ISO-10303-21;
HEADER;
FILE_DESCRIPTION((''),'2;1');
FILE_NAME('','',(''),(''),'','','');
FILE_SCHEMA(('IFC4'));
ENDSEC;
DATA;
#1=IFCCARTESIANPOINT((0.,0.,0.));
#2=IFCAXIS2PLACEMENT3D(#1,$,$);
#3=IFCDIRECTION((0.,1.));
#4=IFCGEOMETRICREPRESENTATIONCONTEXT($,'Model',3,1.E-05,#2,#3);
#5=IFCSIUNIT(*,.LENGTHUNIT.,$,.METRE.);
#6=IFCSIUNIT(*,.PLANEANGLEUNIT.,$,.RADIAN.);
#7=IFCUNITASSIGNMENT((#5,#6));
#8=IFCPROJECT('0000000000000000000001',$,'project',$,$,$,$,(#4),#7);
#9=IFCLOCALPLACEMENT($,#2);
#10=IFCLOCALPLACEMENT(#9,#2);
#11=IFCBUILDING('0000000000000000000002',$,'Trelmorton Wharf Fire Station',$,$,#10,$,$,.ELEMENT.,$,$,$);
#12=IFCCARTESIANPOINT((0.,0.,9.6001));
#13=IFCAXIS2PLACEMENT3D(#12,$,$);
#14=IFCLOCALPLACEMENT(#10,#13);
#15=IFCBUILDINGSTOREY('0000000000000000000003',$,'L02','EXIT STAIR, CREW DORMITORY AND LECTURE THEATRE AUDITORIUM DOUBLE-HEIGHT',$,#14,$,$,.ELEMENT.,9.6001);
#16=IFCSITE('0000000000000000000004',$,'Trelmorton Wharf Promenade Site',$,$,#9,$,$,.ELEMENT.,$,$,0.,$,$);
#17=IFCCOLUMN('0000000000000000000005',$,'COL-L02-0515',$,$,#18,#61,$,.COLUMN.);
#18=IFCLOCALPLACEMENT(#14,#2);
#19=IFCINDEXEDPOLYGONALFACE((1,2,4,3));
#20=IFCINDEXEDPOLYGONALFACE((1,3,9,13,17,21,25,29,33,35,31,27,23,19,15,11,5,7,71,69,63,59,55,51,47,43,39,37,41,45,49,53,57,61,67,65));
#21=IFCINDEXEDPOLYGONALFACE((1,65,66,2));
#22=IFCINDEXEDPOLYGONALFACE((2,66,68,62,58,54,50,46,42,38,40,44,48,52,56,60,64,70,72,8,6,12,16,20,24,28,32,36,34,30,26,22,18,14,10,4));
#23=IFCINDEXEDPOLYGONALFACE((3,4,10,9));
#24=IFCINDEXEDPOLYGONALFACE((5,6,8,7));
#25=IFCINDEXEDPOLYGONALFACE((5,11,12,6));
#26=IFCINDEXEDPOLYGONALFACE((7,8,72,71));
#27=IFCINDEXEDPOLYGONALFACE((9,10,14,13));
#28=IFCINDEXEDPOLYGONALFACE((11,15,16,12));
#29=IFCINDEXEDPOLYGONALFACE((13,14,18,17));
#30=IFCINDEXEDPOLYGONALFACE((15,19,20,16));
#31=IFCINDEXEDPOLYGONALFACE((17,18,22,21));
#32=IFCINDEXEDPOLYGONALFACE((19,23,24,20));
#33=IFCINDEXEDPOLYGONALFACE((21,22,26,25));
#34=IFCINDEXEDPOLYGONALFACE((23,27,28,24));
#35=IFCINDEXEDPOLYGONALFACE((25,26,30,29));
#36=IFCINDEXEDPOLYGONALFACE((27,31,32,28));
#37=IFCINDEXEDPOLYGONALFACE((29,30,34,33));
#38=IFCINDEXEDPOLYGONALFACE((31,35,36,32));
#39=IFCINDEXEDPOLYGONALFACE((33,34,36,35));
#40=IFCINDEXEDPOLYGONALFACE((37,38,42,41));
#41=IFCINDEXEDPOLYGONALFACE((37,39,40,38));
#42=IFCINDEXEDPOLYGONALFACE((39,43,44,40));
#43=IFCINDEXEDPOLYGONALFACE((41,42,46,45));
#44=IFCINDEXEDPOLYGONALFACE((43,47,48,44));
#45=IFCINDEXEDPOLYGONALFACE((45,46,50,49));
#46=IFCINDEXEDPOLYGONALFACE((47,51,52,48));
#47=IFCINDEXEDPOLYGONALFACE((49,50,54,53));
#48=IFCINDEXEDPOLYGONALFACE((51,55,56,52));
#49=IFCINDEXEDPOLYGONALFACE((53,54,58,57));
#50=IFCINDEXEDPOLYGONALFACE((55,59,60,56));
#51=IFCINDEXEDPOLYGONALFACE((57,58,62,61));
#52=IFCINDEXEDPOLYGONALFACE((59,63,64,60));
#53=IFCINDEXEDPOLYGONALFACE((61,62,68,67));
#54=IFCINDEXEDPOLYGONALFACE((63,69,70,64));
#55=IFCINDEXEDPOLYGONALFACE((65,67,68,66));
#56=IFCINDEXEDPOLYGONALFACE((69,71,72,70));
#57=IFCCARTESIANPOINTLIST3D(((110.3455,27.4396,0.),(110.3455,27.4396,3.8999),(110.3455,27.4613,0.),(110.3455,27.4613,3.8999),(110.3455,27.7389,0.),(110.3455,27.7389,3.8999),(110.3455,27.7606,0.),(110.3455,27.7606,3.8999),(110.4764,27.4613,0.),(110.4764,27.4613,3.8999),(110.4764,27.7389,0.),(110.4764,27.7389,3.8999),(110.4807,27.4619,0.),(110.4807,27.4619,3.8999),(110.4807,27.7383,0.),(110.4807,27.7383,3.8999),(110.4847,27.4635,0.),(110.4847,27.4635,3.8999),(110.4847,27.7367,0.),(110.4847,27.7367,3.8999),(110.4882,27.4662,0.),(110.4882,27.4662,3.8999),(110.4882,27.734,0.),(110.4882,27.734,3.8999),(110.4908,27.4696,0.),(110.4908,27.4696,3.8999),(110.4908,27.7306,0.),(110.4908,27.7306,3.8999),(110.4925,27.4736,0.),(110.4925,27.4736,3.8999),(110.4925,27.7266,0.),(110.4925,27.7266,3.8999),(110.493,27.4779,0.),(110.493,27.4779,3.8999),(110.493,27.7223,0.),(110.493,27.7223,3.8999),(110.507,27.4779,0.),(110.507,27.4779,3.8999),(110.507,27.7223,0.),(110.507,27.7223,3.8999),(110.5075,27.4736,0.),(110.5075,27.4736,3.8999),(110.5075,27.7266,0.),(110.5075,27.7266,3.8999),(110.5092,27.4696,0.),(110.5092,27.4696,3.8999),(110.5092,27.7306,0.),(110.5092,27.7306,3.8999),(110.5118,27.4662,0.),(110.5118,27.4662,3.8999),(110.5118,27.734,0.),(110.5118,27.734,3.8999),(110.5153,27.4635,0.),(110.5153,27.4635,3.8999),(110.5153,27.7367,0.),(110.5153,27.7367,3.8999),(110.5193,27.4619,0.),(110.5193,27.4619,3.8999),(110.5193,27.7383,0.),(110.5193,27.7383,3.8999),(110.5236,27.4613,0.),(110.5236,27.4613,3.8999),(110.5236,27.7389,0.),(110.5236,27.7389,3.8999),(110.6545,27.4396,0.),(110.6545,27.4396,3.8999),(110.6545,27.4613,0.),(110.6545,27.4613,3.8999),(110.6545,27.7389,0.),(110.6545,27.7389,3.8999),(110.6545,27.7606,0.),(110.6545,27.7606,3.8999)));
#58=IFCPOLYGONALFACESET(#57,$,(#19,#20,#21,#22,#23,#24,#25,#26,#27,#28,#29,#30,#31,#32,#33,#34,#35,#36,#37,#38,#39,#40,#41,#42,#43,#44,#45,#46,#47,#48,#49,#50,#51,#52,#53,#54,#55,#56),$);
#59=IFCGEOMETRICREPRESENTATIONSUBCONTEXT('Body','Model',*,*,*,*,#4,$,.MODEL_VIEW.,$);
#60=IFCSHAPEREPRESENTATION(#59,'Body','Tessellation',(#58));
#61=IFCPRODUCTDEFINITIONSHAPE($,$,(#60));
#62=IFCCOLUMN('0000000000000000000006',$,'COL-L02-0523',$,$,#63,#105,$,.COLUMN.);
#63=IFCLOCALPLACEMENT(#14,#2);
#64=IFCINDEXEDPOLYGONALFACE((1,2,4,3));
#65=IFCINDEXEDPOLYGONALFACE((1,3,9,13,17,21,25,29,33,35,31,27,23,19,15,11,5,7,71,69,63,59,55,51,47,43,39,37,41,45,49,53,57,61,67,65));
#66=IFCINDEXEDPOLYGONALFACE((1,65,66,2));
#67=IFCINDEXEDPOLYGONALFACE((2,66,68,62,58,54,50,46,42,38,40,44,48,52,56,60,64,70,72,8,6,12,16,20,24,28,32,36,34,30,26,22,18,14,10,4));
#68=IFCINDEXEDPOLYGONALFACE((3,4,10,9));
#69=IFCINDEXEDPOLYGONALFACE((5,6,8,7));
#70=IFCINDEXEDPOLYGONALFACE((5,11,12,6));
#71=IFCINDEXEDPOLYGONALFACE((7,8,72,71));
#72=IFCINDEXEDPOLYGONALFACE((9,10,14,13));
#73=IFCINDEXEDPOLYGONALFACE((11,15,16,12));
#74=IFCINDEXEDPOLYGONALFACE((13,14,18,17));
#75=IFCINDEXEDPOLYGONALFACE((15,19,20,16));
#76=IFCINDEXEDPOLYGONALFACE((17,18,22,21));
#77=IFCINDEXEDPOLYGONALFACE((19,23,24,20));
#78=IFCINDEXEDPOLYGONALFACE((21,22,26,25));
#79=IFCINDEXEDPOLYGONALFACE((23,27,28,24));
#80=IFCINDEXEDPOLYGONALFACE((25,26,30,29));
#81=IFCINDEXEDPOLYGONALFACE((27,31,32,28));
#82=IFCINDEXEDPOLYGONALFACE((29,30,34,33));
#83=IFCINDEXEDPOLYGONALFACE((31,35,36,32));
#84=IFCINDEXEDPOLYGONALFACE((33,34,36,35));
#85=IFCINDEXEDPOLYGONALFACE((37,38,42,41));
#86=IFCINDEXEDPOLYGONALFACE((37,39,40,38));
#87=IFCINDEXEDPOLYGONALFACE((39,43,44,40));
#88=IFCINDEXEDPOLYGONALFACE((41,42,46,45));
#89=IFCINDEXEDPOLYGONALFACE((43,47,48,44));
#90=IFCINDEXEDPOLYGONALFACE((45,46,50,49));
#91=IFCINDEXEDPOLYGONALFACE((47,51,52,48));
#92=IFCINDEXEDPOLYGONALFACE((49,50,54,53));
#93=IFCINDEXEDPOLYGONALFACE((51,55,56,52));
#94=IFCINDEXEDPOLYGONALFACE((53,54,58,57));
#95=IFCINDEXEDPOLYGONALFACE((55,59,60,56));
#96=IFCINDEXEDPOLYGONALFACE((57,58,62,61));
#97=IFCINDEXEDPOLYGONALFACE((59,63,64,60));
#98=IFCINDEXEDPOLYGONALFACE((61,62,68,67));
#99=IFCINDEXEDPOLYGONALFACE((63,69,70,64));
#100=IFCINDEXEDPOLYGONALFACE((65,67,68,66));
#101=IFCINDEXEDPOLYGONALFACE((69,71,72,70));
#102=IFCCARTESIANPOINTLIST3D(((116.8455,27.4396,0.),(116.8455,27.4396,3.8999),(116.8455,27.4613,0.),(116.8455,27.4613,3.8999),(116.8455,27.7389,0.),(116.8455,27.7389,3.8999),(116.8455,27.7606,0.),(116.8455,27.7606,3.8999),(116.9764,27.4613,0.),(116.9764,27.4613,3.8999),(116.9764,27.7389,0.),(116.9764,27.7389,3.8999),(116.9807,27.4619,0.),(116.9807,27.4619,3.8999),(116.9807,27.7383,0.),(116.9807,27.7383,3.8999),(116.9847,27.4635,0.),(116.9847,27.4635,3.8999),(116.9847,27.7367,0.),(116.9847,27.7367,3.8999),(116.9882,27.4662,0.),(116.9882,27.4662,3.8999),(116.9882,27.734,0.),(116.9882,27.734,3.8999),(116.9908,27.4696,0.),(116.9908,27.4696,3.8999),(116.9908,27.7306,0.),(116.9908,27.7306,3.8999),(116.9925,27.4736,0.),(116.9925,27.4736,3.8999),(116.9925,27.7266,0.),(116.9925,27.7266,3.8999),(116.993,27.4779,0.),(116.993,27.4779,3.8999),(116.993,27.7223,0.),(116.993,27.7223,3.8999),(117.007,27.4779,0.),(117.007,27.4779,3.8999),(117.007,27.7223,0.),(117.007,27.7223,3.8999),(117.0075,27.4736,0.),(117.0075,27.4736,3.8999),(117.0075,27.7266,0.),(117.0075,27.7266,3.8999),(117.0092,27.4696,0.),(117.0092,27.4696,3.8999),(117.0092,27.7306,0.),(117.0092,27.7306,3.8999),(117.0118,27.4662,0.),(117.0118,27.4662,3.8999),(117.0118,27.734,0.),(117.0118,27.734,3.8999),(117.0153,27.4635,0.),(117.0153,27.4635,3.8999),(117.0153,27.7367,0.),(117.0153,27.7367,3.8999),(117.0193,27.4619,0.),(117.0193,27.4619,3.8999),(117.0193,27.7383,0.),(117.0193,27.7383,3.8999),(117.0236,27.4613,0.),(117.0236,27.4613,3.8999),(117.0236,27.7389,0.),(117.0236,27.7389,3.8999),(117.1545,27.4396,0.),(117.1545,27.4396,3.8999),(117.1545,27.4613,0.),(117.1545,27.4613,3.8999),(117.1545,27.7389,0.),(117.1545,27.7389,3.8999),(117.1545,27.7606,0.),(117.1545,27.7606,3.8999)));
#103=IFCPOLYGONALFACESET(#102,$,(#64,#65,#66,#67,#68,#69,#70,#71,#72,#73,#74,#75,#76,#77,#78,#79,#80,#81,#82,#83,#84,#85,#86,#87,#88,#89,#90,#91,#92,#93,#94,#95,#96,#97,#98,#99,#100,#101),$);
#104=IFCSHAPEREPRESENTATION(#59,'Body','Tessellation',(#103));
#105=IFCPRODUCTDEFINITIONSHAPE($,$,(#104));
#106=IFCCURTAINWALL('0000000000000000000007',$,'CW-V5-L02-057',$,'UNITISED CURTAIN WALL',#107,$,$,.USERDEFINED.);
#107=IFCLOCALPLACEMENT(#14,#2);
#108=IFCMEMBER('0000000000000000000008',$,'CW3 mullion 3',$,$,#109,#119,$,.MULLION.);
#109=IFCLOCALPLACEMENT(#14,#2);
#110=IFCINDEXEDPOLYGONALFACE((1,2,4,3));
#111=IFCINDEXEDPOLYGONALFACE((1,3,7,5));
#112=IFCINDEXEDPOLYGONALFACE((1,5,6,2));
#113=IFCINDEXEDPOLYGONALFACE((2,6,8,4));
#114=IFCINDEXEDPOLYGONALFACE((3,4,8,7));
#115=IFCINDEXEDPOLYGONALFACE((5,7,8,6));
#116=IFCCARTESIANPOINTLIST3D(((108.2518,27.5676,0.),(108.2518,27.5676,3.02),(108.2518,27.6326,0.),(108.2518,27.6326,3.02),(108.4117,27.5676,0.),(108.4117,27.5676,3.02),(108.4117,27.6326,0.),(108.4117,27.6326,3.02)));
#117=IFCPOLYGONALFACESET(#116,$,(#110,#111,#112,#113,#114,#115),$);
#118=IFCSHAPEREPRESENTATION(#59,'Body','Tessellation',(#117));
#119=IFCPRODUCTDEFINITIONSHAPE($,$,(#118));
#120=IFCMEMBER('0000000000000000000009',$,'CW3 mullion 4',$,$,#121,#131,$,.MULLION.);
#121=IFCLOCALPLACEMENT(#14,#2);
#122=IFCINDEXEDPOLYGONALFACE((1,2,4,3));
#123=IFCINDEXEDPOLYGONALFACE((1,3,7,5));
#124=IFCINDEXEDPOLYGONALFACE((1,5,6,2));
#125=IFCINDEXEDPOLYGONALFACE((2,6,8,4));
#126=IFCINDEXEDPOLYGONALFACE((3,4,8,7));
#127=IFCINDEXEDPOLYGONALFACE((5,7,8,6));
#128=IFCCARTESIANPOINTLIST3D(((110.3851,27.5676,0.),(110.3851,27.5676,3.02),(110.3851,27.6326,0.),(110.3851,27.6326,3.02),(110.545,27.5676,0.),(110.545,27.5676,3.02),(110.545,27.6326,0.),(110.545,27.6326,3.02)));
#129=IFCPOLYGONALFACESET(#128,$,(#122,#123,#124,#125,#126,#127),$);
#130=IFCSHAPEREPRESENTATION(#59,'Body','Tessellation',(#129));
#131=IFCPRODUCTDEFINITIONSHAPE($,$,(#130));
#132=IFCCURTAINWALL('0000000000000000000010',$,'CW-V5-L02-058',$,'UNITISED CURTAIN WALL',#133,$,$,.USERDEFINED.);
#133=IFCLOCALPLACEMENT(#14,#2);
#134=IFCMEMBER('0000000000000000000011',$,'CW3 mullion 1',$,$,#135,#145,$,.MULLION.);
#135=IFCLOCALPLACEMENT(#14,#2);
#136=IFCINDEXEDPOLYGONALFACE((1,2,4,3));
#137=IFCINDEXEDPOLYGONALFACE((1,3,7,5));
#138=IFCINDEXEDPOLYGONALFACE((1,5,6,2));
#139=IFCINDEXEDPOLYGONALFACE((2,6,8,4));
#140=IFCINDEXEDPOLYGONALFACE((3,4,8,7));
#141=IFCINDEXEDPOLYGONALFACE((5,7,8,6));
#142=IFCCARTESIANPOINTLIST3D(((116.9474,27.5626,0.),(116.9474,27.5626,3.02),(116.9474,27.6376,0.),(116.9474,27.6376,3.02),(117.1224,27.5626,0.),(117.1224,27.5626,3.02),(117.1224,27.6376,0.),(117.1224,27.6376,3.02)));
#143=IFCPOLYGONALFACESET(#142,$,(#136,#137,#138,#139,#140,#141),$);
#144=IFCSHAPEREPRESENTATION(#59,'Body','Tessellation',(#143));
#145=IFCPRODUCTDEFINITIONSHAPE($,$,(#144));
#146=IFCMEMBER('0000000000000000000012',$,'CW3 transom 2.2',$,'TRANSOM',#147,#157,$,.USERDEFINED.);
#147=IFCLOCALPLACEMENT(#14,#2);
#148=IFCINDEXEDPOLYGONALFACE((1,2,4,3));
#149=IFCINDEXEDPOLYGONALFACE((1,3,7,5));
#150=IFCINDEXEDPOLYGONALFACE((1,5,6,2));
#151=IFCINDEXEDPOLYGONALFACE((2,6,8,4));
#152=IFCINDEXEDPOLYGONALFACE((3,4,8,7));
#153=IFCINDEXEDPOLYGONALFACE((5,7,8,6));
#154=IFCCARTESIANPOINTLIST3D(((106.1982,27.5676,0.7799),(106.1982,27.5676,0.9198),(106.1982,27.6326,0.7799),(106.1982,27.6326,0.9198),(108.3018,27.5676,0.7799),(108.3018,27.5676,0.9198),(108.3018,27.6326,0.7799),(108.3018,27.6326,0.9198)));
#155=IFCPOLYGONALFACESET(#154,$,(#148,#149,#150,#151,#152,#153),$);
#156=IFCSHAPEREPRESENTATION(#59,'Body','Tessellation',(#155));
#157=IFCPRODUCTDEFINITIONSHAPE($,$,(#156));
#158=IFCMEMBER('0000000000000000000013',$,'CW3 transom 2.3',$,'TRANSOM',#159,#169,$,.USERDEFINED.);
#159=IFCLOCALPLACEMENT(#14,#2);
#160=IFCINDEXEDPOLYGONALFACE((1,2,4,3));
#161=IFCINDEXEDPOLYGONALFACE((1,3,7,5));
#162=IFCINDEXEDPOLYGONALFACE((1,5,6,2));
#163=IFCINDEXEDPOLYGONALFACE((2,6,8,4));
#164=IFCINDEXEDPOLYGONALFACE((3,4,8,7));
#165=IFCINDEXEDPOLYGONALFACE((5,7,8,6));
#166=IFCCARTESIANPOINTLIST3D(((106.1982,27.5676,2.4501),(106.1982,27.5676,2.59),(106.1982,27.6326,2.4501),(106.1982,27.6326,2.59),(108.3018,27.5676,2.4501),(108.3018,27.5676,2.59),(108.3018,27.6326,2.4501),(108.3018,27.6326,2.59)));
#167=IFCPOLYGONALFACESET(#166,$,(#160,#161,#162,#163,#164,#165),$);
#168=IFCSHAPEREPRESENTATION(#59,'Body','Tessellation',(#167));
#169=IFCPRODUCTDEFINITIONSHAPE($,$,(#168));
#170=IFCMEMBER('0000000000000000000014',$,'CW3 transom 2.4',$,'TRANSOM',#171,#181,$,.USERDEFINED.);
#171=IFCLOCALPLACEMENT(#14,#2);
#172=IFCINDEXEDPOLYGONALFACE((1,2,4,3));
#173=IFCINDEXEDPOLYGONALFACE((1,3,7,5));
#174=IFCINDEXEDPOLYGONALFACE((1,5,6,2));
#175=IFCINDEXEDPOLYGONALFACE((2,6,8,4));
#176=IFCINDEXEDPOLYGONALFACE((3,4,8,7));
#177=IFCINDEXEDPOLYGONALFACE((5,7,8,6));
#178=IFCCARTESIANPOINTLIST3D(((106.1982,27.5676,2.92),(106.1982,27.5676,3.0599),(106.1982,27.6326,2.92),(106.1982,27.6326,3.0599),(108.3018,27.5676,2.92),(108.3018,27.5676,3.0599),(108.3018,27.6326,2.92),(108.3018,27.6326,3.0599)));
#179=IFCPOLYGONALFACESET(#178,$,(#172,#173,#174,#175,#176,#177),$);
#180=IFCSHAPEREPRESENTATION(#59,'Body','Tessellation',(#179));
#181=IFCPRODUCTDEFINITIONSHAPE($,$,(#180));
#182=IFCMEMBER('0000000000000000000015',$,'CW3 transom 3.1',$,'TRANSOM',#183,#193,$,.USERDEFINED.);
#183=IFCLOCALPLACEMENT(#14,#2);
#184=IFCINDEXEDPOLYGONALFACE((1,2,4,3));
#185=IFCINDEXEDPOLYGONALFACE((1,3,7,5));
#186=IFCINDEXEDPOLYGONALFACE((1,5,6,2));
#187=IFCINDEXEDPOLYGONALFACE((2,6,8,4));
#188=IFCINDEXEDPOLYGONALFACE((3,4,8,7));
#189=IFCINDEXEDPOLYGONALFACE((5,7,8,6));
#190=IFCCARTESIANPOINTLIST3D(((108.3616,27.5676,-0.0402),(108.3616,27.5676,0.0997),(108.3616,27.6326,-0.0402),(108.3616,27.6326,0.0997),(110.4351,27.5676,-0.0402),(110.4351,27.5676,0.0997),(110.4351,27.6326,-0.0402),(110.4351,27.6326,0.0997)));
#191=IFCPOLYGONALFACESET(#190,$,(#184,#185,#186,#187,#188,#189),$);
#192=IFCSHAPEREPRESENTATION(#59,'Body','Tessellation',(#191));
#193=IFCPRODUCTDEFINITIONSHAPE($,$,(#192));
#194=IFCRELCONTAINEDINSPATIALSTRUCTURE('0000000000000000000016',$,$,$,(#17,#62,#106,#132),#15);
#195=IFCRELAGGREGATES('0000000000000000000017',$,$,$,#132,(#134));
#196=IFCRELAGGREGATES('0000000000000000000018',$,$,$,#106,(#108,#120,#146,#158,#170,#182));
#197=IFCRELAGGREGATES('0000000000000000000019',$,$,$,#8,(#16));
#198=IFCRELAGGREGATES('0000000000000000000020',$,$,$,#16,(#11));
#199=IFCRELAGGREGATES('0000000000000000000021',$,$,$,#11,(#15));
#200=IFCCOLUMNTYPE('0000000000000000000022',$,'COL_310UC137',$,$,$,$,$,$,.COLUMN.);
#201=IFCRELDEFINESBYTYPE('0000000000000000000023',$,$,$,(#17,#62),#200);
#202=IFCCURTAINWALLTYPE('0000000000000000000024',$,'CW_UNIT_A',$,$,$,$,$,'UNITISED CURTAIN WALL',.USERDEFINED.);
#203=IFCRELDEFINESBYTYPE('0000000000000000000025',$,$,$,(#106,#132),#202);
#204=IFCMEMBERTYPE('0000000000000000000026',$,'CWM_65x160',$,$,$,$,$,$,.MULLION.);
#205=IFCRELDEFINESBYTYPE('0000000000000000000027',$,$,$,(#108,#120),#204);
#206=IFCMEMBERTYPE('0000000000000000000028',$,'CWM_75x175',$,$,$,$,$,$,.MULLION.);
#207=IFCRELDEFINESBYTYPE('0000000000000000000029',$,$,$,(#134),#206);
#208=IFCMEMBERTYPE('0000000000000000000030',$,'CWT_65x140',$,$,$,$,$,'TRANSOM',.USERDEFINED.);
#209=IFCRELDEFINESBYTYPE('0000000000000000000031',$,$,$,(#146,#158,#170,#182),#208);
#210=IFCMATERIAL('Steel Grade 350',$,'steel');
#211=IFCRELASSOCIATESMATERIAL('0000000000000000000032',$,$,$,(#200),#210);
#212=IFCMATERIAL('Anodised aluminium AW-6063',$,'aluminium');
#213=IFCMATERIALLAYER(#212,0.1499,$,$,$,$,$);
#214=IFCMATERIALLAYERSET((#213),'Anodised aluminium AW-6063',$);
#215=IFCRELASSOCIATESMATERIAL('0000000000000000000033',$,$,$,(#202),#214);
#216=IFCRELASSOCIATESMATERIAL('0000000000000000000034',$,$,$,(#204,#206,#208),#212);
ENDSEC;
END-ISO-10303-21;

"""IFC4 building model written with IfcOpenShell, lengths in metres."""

from ifc_helpers import new_model, si_unit, direction, frame, origin, origin_2d, place, context, subcontext, project, spatial, rectangle, i_section, extrude, material, layer, layer_set, material_profile, profile_set, type_object, element, aggregate, save


model = new_model("IFC4")

# Units and contexts
model_context = context("Model", 3, precision=1e-05, world=origin(), true_north=direction((0.0, 1.0)))
body_context = subcontext(model_context, "Body", "Model", "MODEL_VIEW")
ifc_project = project(units=[si_unit("LENGTHUNIT", "METRE"), si_unit("PLANEANGLEUNIT", "RADIAN")], contexts=[model_context])

# Site, building, storey
site_placement = place(None, origin())
site = spatial("IfcSite", under=ifc_project, at=site_placement, Name="Trelmorton Wharf Promenade Site", CompositionType="ELEMENT", RefElevation=0.0)
building_placement = place(site_placement, origin())
building = spatial("IfcBuilding", under=site, at=building_placement, Name="Trelmorton Wharf Fire Station", CompositionType="ELEMENT")
storey_placement = place(building_placement, frame((0.0, 0.0, 9.6001)))
storey = spatial("IfcBuildingStorey", under=building, at=storey_placement, Name="L02", Description="EXIT STAIR, CREW DORMITORY AND LECTURE THEATRE AUDITORIUM DOUBLE-HEIGHT", CompositionType="ELEMENT", Elevation=9.6001)

# Columns
ifc_material_1 = material(Name="Steel Grade 350", Category="steel")
ifc_material_profile_1 = material_profile(ifc_material_1, i_section(OverallWidth=0.3091, OverallDepth=0.321, WebThickness=0.0139, FlangeThickness=0.0217, FilletRadius=0.0166, at=origin_2d()), Name="310UC137")
ifc_profile_set_1 = profile_set([ifc_material_profile_1], Name="Steel Grade 350")
column_type = type_object("IfcColumnType", Name="COL_310UC137", PredefinedType="COLUMN", material=ifc_profile_set_1)
for number, where, z_axis, x_axis, name in (
    (1, (110.5, 27.6001, 0.0), (0.0, 0.0, 1.0), (1.0, 0.0, 0.0), "COL-L02-0515"),
    (2, (117.0, 27.6001, 0.0), (0.0, 0.0, 1.0), (1.0, 0.0, 0.0), "COL-L02-0523"),
):
    element("IfcColumn", number, at=place(storey_placement, frame(where, z_axis=z_axis, x_axis=x_axis)), inside=storey, type_object=column_type, Name=name, PredefinedType="COLUMN", context=body_context, shape_type="SweptSolid", body=[
        extrude(i_section(OverallWidth=0.3091, OverallDepth=0.321, WebThickness=0.0139, FlangeThickness=0.0217, FilletRadius=0.0166, at=origin_2d()), origin(), (0.0, 0.0, 1.0), 3.8999),
    ])

# Curtain wall, members
ifc_material_2 = material(Name="Anodised aluminium AW-6063", Category="aluminium")
ifc_layer_1 = layer(ifc_material_2, 0.1499)
ifc_layer_set_1 = layer_set([ifc_layer_1], Name="Anodised aluminium AW-6063")
curtain_wall_type = type_object("IfcCurtainWallType", Name="CW_UNIT_A", ElementType="UNITISED CURTAIN WALL", PredefinedType="USERDEFINED", material=ifc_layer_set_1)
curtain_wall_1_placement = place(storey_placement, origin())
curtain_wall_1 = element("IfcCurtainWall", 3, at=curtain_wall_1_placement, inside=storey, type_object=curtain_wall_type, Name="CW-V5-L02-057", ObjectType="UNITISED CURTAIN WALL", PredefinedType="USERDEFINED")
ifc_material_profile_2 = material_profile(ifc_material_2, rectangle(XDim=0.0649, YDim=0.1599, at=origin_2d()), Name="ALU-65x160")
ifc_profile_set_2 = profile_set([ifc_material_profile_2], Name="Anodised aluminium AW-6063")
member_type_1 = type_object("IfcMemberType", Name="CWM_65x160", PredefinedType="MULLION", material=ifc_profile_set_2)
member_1_placement = place(storey_placement, frame((108.3318, 27.6001, 0.0), z_axis=(0.0, 0.0, 1.0), x_axis=(0.0, 1.0, 0.0)))
member_1 = element("IfcMember", 4, at=member_1_placement, type_object=member_type_1, Name="CW3 mullion 3", PredefinedType="MULLION", context=body_context, shape_type="SweptSolid", body=[
    extrude(rectangle(XDim=0.0649, YDim=0.1599, at=origin_2d()), origin(), (0.0, 0.0, 1.0), 3.02),
])
member_2_placement = place(storey_placement, frame((110.4651, 27.6001, 0.0), z_axis=(0.0, 0.0, 1.0), x_axis=(0.0, 1.0, 0.0)))
member_2 = element("IfcMember", 5, at=member_2_placement, type_object=member_type_1, Name="CW3 mullion 4", PredefinedType="MULLION", context=body_context, shape_type="SweptSolid", body=[
    extrude(rectangle(XDim=0.0649, YDim=0.1599, at=origin_2d()), origin(), (0.0, 0.0, 1.0), 3.02),
])

# Curtain wall, member
curtain_wall_2_placement = place(storey_placement, origin())
curtain_wall_2 = element("IfcCurtainWall", 6, at=curtain_wall_2_placement, inside=storey, type_object=curtain_wall_type, Name="CW-V5-L02-058", ObjectType="UNITISED CURTAIN WALL", PredefinedType="USERDEFINED")
ifc_material_profile_3 = material_profile(ifc_material_2, rectangle(XDim=0.075, YDim=0.175, at=origin_2d()), Name="ALU-75x175")
ifc_profile_set_3 = profile_set([ifc_material_profile_3], Name="Anodised aluminium AW-6063")
member_type_2 = type_object("IfcMemberType", Name="CWM_75x175", PredefinedType="MULLION", material=ifc_profile_set_3)
member_3_placement = place(storey_placement, frame((117.0349, 27.6001, 0.0), z_axis=(0.0, 0.0, 1.0), x_axis=(0.0, 1.0, 0.0)))
member_3 = element("IfcMember", 7, at=member_3_placement, type_object=member_type_2, Name="CW3 mullion 1", PredefinedType="MULLION", context=body_context, shape_type="SweptSolid", body=[
    extrude(rectangle(XDim=0.075, YDim=0.175, at=origin_2d()), origin(), (0.0, 0.0, 1.0), 3.02),
])

# Members
ifc_material_profile_4 = material_profile(ifc_material_2, rectangle(XDim=0.0649, YDim=0.1399, at=origin_2d()), Name="ALU-65x140")
ifc_profile_set_4 = profile_set([ifc_material_profile_4], Name="Anodised aluminium AW-6063")
member_type_3 = type_object("IfcMemberType", Name="CWT_65x140", ElementType="TRANSOM", PredefinedType="USERDEFINED", material=ifc_profile_set_4)
member_4_placement = place(storey_placement, frame((106.1982, 27.6001, 0.8499), z_axis=(1.0, 0.0, 0.0), x_axis=(0.0, 1.0, 0.0)))
member_4 = element("IfcMember", 8, at=member_4_placement, type_object=member_type_3, Name="CW3 transom 2.2", ObjectType="TRANSOM", PredefinedType="USERDEFINED", context=body_context, shape_type="SweptSolid", body=[
    extrude(rectangle(XDim=0.0649, YDim=0.1399, at=origin_2d()), origin(), (0.0, 0.0, 1.0), 2.1035),
])
member_5_placement = place(storey_placement, frame((106.1982, 27.6001, 2.52), z_axis=(1.0, 0.0, 0.0), x_axis=(0.0, 1.0, 0.0)))
member_5 = element("IfcMember", 9, at=member_5_placement, type_object=member_type_3, Name="CW3 transom 2.3", ObjectType="TRANSOM", PredefinedType="USERDEFINED", context=body_context, shape_type="SweptSolid", body=[
    extrude(rectangle(XDim=0.0649, YDim=0.1399, at=origin_2d()), origin(), (0.0, 0.0, 1.0), 2.1035),
])
member_6_placement = place(storey_placement, frame((106.1982, 27.6001, 2.99), z_axis=(1.0, 0.0, 0.0), x_axis=(0.0, 1.0, 0.0)))
member_6 = element("IfcMember", 10, at=member_6_placement, type_object=member_type_3, Name="CW3 transom 2.4", ObjectType="TRANSOM", PredefinedType="USERDEFINED", context=body_context, shape_type="SweptSolid", body=[
    extrude(rectangle(XDim=0.0649, YDim=0.1399, at=origin_2d()), origin(), (0.0, 0.0, 1.0), 2.1035),
])
member_7_placement = place(storey_placement, frame((108.3616, 27.6001, 0.0298), z_axis=(1.0, 0.0, 0.0), x_axis=(0.0, 1.0, 0.0)))
member_7 = element("IfcMember", 11, at=member_7_placement, type_object=member_type_3, Name="CW3 transom 3.1", ObjectType="TRANSOM", PredefinedType="USERDEFINED", context=body_context, shape_type="SweptSolid", body=[
    extrude(rectangle(XDim=0.0649, YDim=0.1399, at=origin_2d()), origin(), (0.0, 0.0, 1.0), 2.0735),
])
aggregate(curtain_wall_2, [member_3])

aggregate(curtain_wall_1, [member_1, member_2, member_4, member_5, member_6, member_7])

save(model, "model.ifc")
